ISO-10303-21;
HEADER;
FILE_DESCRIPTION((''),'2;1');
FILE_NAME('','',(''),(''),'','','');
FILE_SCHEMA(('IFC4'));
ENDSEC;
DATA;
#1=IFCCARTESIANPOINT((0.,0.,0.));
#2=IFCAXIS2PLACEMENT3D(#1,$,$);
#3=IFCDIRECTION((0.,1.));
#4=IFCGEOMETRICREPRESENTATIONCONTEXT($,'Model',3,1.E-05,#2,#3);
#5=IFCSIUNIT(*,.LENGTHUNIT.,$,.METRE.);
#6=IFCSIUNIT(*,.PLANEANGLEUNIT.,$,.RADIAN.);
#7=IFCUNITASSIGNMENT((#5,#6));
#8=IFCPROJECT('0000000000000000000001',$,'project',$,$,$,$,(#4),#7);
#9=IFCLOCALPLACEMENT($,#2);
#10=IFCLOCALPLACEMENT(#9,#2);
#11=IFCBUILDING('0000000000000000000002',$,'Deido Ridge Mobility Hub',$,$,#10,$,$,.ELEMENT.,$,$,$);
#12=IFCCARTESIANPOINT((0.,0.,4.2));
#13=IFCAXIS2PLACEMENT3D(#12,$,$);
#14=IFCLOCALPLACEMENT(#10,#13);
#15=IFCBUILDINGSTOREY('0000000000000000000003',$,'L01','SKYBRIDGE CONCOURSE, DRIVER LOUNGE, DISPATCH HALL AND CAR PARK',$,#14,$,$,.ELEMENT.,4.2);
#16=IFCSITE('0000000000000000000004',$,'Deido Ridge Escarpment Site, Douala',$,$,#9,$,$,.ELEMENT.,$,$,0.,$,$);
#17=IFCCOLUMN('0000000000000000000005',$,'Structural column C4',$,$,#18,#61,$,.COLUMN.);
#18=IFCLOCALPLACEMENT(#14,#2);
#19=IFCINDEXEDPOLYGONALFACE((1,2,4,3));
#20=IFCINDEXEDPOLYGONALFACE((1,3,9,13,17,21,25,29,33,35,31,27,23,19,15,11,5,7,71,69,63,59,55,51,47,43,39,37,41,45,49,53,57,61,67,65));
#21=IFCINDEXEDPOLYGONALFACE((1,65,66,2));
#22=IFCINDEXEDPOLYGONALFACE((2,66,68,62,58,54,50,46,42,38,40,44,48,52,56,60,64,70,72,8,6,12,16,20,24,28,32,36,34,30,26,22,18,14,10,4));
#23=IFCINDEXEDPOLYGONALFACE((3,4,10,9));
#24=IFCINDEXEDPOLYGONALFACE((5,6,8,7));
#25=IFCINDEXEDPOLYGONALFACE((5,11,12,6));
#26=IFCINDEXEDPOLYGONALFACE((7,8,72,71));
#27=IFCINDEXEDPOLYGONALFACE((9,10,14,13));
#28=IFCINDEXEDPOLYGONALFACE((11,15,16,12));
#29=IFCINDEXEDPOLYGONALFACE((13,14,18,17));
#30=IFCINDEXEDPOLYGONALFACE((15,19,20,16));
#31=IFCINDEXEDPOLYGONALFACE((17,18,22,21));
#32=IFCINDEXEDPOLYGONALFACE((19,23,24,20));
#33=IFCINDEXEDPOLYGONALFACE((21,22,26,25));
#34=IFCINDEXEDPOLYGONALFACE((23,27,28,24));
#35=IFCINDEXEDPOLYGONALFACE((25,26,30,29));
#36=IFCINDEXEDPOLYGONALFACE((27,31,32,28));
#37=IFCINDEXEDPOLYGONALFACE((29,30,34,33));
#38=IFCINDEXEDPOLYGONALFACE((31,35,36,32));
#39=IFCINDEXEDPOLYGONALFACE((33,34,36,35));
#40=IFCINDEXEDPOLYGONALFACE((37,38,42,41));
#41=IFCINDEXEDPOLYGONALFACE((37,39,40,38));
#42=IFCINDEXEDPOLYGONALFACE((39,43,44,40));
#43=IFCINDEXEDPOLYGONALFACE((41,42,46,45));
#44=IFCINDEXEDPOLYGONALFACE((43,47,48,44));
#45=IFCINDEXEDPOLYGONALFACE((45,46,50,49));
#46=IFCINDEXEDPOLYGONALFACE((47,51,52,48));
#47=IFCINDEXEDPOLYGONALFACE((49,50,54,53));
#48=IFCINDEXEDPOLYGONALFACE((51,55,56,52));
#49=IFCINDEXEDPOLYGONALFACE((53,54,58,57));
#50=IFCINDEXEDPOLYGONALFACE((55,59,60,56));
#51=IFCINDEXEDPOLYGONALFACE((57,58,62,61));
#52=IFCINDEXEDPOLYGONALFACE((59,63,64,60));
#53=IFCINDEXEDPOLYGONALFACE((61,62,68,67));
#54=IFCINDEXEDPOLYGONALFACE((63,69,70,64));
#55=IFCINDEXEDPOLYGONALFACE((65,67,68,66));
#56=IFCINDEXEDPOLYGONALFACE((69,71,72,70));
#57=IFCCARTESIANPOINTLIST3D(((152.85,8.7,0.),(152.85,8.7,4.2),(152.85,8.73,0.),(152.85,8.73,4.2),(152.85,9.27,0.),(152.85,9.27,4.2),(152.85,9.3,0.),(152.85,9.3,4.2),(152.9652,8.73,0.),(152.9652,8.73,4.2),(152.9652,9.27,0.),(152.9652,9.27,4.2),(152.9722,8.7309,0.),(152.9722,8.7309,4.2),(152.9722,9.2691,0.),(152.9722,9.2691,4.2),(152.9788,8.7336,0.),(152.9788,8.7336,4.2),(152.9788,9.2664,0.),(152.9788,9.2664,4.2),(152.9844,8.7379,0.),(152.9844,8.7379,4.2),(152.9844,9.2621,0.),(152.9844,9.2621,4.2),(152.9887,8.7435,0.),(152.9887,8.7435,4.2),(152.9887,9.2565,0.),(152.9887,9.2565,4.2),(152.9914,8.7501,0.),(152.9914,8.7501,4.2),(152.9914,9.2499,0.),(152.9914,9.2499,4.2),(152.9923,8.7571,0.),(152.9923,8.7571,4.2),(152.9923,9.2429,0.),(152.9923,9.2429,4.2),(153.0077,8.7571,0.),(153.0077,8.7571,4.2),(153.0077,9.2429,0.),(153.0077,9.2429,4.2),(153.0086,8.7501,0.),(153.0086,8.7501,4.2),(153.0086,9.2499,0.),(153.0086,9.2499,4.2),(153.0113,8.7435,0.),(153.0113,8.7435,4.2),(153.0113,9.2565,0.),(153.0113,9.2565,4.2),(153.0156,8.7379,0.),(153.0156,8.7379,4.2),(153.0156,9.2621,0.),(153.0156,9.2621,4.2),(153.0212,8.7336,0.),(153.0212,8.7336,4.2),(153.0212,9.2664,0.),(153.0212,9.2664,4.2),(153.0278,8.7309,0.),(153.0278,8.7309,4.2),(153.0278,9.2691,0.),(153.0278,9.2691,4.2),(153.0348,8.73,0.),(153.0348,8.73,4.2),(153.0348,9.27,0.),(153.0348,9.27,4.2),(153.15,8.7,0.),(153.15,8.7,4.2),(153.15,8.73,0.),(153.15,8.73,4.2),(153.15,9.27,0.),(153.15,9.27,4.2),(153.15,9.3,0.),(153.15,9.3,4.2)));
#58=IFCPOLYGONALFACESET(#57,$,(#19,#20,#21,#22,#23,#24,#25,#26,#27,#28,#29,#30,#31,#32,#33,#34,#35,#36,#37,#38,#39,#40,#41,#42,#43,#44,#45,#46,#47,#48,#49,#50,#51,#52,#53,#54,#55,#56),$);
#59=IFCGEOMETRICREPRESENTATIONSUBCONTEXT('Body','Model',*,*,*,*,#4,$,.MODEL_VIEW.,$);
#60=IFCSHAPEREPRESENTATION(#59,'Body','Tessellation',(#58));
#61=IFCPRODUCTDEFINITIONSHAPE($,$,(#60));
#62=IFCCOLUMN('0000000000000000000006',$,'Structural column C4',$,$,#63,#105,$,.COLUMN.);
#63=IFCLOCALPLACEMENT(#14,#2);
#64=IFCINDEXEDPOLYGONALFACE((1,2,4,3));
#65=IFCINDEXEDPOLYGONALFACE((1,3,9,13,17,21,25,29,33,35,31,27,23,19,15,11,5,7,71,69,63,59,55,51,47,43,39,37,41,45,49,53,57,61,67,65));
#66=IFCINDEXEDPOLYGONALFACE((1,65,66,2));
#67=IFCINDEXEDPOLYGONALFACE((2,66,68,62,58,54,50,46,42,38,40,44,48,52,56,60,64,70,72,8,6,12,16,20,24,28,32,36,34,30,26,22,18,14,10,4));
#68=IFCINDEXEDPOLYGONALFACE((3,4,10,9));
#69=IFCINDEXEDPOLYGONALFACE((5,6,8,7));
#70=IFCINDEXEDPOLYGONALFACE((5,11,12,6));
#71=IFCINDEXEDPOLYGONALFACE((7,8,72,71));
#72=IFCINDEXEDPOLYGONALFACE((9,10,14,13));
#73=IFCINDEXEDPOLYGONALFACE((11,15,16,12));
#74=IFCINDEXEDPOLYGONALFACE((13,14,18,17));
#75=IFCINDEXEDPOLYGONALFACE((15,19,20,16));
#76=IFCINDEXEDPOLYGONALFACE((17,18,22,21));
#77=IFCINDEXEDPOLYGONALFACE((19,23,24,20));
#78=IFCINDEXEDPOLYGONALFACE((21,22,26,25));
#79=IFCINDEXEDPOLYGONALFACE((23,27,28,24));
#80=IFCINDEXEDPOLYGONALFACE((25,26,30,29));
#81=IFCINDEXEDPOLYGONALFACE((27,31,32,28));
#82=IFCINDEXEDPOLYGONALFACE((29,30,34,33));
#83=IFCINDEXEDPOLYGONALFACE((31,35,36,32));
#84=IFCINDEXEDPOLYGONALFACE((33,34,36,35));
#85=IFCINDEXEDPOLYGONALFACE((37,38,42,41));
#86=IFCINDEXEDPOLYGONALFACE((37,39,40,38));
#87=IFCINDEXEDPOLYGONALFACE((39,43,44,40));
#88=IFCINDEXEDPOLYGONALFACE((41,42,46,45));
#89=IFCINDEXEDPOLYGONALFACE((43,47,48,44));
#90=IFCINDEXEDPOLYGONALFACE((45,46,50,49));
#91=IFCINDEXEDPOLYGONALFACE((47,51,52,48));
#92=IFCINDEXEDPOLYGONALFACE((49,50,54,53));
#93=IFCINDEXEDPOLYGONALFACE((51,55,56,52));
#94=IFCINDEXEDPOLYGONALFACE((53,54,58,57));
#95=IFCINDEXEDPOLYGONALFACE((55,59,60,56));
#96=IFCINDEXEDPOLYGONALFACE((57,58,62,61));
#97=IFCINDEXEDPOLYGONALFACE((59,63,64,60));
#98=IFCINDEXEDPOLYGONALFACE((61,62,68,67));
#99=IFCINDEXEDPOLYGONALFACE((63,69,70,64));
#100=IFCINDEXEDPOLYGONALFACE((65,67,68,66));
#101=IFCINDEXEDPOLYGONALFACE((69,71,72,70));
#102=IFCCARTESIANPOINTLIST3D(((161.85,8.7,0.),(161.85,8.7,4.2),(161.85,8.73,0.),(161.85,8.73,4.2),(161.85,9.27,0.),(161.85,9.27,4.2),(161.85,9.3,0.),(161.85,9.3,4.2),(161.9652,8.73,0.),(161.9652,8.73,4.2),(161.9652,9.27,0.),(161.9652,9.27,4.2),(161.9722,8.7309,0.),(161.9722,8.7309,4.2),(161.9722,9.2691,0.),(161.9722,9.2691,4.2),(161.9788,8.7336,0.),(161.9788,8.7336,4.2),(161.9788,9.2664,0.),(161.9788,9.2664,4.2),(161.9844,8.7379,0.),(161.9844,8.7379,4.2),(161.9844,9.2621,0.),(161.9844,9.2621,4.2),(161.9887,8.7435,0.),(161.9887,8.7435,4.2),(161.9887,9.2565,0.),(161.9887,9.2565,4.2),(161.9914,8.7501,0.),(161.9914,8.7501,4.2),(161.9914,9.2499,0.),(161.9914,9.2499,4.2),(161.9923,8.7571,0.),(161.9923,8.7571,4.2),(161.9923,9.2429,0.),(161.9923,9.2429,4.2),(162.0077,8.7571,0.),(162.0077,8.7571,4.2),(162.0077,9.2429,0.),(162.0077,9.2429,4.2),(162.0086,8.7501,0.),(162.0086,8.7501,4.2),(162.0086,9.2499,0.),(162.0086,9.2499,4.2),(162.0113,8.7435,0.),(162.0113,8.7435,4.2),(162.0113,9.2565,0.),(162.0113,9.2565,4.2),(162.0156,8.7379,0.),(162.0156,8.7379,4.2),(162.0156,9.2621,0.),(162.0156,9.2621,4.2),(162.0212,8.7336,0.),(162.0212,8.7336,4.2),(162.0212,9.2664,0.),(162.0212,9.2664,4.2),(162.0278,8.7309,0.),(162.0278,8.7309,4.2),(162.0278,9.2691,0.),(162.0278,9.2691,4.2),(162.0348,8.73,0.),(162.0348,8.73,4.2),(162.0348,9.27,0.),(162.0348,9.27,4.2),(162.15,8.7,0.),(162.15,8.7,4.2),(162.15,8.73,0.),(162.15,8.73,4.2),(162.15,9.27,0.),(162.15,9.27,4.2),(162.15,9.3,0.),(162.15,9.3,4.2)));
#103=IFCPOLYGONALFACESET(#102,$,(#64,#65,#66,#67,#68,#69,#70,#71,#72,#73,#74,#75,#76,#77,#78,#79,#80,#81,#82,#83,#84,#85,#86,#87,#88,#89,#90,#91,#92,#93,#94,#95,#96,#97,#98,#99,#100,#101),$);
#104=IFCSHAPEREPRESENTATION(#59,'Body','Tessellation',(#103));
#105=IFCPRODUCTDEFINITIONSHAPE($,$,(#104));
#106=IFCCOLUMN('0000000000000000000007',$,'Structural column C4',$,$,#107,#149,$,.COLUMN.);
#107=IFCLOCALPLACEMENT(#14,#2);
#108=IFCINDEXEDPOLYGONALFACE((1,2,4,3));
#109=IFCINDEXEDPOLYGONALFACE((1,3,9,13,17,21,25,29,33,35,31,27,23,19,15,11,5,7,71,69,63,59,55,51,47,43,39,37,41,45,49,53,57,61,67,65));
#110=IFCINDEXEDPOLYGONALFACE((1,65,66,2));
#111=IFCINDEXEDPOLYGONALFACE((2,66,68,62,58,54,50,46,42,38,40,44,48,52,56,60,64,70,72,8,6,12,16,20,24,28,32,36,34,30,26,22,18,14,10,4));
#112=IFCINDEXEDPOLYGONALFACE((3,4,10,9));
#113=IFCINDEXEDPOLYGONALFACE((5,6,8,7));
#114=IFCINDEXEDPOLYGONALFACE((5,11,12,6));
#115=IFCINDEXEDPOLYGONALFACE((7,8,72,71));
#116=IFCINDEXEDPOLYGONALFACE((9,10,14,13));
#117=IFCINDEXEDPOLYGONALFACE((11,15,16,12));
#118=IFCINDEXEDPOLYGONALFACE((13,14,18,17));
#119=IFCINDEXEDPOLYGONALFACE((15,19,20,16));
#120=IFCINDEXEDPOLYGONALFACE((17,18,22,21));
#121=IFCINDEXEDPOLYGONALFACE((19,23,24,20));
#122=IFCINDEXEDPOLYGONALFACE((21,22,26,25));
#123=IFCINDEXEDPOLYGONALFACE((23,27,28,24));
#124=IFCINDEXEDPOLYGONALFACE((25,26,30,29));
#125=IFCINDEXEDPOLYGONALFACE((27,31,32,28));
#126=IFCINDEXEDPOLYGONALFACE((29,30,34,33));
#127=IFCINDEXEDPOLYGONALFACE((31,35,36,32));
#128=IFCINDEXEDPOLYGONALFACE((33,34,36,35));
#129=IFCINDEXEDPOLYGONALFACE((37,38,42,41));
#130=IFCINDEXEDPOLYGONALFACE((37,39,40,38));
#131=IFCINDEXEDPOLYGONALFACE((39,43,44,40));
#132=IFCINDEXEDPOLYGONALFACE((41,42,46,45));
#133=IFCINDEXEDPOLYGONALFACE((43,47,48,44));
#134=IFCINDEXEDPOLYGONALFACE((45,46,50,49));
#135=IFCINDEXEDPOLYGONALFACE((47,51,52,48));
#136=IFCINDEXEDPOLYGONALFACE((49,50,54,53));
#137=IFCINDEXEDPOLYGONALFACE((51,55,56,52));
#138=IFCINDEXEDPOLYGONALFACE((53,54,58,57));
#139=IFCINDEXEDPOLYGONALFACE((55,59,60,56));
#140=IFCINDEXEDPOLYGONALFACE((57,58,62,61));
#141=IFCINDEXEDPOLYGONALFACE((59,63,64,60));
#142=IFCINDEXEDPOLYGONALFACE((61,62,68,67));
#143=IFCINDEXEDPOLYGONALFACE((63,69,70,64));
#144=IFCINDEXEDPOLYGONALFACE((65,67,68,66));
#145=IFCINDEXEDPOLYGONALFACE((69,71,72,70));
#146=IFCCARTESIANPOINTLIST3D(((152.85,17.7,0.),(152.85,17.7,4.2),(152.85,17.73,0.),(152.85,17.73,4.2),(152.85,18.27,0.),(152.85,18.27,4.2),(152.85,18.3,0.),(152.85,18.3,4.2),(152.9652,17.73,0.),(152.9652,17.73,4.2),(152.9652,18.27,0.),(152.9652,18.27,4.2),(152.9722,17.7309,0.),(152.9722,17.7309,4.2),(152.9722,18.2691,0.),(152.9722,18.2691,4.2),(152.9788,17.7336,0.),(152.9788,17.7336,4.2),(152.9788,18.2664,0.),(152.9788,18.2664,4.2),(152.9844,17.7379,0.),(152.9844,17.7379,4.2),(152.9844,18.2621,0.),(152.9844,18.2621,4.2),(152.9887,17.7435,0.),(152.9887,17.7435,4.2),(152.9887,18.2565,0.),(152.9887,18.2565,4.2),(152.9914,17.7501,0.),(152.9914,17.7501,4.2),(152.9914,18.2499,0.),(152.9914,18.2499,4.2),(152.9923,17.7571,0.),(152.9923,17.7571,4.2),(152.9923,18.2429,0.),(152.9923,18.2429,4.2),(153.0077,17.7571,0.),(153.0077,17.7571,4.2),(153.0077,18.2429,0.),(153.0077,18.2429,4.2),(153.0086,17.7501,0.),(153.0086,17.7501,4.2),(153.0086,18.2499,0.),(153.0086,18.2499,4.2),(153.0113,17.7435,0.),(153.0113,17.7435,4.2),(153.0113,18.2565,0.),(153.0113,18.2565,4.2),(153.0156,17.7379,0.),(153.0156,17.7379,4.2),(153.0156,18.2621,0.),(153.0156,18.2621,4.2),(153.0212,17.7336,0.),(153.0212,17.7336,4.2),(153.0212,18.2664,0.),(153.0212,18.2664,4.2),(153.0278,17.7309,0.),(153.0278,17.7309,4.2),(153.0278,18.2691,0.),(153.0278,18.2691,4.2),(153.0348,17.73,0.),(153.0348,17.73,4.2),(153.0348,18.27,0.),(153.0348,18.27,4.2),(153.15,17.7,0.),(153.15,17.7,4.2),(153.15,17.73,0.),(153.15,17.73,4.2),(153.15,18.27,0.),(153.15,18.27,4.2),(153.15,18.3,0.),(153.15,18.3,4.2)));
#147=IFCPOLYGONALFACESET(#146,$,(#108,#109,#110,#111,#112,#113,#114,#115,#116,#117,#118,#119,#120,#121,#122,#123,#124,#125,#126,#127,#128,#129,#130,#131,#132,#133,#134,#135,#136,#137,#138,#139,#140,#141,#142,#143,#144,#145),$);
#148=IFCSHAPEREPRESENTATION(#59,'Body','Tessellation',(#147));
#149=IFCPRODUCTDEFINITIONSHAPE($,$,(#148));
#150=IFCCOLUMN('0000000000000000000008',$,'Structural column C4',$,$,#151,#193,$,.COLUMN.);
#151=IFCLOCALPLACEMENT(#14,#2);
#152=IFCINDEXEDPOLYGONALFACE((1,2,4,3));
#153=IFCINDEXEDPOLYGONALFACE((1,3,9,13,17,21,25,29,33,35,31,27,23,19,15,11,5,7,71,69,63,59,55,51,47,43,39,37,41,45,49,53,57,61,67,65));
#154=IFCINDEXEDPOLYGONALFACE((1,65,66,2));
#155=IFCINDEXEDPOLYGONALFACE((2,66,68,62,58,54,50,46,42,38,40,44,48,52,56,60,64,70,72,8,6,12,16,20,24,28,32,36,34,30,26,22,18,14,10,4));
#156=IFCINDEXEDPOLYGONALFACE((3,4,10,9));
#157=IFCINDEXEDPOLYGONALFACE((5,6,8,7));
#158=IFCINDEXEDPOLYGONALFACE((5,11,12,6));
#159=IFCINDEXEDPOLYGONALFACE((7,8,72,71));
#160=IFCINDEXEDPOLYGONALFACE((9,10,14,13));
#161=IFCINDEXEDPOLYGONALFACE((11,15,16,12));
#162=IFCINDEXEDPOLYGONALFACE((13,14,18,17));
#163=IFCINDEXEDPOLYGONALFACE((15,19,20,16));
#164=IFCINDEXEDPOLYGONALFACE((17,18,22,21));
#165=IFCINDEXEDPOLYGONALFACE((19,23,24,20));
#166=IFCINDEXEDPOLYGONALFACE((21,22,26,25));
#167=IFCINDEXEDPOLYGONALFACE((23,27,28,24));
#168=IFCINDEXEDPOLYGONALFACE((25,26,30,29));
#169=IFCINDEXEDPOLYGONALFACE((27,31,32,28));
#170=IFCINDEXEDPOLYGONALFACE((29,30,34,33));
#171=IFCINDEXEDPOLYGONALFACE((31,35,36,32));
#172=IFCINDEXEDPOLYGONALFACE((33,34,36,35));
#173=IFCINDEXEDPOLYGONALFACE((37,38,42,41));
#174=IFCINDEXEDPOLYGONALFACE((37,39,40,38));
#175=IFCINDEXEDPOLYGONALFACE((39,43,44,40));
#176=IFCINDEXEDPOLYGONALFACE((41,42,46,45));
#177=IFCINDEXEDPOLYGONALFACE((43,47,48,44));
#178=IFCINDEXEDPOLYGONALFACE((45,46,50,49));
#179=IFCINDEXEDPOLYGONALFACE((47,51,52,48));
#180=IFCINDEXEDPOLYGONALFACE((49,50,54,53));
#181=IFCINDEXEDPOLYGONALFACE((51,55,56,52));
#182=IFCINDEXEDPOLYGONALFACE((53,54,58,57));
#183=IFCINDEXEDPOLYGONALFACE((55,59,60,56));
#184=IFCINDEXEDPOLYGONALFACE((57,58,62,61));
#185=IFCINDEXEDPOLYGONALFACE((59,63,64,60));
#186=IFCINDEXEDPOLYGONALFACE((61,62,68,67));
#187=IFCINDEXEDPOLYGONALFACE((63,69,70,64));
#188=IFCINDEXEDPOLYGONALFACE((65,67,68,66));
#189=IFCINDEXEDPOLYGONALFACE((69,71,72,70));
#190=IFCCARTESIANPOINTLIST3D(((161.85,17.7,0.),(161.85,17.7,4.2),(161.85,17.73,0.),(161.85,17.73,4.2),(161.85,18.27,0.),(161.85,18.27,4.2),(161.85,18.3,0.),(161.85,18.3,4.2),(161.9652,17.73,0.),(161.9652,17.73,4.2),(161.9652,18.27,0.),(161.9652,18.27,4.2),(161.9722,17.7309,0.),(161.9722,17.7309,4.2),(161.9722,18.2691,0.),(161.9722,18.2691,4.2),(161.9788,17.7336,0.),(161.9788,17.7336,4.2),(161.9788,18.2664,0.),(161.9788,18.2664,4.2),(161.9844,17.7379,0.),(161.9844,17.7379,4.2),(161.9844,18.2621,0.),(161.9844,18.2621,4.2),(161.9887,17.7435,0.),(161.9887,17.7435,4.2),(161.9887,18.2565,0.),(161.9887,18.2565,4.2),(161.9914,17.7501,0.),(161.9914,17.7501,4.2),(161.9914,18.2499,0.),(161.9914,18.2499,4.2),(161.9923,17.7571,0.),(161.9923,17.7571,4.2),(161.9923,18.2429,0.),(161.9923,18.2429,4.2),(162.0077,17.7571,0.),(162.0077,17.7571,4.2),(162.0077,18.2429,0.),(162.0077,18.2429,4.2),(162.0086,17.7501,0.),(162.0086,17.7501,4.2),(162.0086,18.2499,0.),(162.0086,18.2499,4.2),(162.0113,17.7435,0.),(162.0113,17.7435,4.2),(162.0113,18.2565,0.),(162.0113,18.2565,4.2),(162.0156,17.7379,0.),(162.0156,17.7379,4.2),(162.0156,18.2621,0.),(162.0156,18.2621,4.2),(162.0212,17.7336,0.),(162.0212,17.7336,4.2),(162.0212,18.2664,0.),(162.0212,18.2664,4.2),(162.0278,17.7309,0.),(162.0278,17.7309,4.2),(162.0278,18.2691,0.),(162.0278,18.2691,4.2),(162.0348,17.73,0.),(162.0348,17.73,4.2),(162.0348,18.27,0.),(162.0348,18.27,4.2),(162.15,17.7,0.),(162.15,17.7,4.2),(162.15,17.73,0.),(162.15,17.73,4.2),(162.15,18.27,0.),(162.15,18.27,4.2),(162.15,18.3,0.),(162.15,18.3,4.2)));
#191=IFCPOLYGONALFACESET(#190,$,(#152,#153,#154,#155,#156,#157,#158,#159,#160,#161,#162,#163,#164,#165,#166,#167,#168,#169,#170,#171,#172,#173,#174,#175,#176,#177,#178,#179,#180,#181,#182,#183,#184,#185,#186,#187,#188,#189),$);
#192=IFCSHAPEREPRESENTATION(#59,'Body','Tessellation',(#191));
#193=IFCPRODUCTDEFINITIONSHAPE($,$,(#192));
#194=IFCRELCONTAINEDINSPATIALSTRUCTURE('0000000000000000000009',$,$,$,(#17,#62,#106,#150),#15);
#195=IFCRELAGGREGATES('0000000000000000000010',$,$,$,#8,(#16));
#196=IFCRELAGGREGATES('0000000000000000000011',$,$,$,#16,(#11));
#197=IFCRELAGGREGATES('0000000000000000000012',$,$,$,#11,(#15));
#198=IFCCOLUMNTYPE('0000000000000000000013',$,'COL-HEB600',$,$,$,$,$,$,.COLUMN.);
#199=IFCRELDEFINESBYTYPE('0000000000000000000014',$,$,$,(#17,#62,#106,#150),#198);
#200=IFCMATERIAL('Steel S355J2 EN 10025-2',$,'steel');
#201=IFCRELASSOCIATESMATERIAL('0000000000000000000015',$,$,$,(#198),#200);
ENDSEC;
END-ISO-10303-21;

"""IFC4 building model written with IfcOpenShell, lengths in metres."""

from ifc_helpers import new_model, si_unit, direction, frame, origin, origin_2d, place, context, subcontext, project, spatial, i_section, extrude, material, material_profile, profile_set, type_object, element, save


model = new_model("IFC4")

# Units and contexts
model_context = context("Model", 3, precision=1e-05, world=origin(), true_north=direction((0.0, 1.0)))
body_context = subcontext(model_context, "Body", "Model", "MODEL_VIEW")
ifc_project = project(units=[si_unit("LENGTHUNIT", "METRE"), si_unit("PLANEANGLEUNIT", "RADIAN")], contexts=[model_context])

# Site, building, storey
site_placement = place(None, origin())
site = spatial("IfcSite", under=ifc_project, at=site_placement, Name="Deido Ridge Escarpment Site, Douala", CompositionType="ELEMENT", RefElevation=0.0)
building_placement = place(site_placement, origin())
building = spatial("IfcBuilding", under=site, at=building_placement, Name="Deido Ridge Mobility Hub", CompositionType="ELEMENT")
storey_placement = place(building_placement, frame((0.0, 0.0, 4.2)))
storey = spatial("IfcBuildingStorey", under=building, at=storey_placement, Name="L01", Description="SKYBRIDGE CONCOURSE, DRIVER LOUNGE, DISPATCH HALL AND CAR PARK", CompositionType="ELEMENT", Elevation=4.2)

# Columns
ifc_material_1 = material(Name="Steel S355J2 EN 10025-2", Category="steel")
ifc_material_profile_1 = material_profile(ifc_material_1, i_section(OverallWidth=0.3, OverallDepth=0.6001, WebThickness=0.0154, FlangeThickness=0.03, FilletRadius=0.0271, at=origin_2d()), Name="HEB 600")
ifc_profile_set_1 = profile_set([ifc_material_profile_1], Name="Steel S355J2 EN 10025-2")
column_type = type_object("IfcColumnType", Name="COL-HEB600", PredefinedType="COLUMN", material=ifc_profile_set_1)
for number, where, z_axis, x_axis, name in (
    (1, (153.0, 9.0, 0.0), (0.0, 0.0, 1.0), (1.0, 0.0, 0.0), "Structural column C4"),
    (2, (162.0, 9.0, 0.0), (0.0, 0.0, 1.0), (1.0, 0.0, 0.0), "Structural column C4"),
    (3, (153.0, 18.0, 0.0), (0.0, 0.0, 1.0), (1.0, 0.0, 0.0), "Structural column C4"),
    (4, (162.0, 18.0, 0.0), (0.0, 0.0, 1.0), (1.0, 0.0, 0.0), "Structural column C4"),
):
    element("IfcColumn", number, at=place(storey_placement, frame(where, z_axis=z_axis, x_axis=x_axis)), inside=storey, type_object=column_type, Name=name, PredefinedType="COLUMN", context=body_context, shape_type="SweptSolid", body=[
        extrude(i_section(OverallWidth=0.3, OverallDepth=0.6001, WebThickness=0.0154, FlangeThickness=0.03, FilletRadius=0.0271, at=origin_2d()), origin(), (0.0, 0.0, 1.0), 4.2),
    ])

save(model, "model.ifc")
